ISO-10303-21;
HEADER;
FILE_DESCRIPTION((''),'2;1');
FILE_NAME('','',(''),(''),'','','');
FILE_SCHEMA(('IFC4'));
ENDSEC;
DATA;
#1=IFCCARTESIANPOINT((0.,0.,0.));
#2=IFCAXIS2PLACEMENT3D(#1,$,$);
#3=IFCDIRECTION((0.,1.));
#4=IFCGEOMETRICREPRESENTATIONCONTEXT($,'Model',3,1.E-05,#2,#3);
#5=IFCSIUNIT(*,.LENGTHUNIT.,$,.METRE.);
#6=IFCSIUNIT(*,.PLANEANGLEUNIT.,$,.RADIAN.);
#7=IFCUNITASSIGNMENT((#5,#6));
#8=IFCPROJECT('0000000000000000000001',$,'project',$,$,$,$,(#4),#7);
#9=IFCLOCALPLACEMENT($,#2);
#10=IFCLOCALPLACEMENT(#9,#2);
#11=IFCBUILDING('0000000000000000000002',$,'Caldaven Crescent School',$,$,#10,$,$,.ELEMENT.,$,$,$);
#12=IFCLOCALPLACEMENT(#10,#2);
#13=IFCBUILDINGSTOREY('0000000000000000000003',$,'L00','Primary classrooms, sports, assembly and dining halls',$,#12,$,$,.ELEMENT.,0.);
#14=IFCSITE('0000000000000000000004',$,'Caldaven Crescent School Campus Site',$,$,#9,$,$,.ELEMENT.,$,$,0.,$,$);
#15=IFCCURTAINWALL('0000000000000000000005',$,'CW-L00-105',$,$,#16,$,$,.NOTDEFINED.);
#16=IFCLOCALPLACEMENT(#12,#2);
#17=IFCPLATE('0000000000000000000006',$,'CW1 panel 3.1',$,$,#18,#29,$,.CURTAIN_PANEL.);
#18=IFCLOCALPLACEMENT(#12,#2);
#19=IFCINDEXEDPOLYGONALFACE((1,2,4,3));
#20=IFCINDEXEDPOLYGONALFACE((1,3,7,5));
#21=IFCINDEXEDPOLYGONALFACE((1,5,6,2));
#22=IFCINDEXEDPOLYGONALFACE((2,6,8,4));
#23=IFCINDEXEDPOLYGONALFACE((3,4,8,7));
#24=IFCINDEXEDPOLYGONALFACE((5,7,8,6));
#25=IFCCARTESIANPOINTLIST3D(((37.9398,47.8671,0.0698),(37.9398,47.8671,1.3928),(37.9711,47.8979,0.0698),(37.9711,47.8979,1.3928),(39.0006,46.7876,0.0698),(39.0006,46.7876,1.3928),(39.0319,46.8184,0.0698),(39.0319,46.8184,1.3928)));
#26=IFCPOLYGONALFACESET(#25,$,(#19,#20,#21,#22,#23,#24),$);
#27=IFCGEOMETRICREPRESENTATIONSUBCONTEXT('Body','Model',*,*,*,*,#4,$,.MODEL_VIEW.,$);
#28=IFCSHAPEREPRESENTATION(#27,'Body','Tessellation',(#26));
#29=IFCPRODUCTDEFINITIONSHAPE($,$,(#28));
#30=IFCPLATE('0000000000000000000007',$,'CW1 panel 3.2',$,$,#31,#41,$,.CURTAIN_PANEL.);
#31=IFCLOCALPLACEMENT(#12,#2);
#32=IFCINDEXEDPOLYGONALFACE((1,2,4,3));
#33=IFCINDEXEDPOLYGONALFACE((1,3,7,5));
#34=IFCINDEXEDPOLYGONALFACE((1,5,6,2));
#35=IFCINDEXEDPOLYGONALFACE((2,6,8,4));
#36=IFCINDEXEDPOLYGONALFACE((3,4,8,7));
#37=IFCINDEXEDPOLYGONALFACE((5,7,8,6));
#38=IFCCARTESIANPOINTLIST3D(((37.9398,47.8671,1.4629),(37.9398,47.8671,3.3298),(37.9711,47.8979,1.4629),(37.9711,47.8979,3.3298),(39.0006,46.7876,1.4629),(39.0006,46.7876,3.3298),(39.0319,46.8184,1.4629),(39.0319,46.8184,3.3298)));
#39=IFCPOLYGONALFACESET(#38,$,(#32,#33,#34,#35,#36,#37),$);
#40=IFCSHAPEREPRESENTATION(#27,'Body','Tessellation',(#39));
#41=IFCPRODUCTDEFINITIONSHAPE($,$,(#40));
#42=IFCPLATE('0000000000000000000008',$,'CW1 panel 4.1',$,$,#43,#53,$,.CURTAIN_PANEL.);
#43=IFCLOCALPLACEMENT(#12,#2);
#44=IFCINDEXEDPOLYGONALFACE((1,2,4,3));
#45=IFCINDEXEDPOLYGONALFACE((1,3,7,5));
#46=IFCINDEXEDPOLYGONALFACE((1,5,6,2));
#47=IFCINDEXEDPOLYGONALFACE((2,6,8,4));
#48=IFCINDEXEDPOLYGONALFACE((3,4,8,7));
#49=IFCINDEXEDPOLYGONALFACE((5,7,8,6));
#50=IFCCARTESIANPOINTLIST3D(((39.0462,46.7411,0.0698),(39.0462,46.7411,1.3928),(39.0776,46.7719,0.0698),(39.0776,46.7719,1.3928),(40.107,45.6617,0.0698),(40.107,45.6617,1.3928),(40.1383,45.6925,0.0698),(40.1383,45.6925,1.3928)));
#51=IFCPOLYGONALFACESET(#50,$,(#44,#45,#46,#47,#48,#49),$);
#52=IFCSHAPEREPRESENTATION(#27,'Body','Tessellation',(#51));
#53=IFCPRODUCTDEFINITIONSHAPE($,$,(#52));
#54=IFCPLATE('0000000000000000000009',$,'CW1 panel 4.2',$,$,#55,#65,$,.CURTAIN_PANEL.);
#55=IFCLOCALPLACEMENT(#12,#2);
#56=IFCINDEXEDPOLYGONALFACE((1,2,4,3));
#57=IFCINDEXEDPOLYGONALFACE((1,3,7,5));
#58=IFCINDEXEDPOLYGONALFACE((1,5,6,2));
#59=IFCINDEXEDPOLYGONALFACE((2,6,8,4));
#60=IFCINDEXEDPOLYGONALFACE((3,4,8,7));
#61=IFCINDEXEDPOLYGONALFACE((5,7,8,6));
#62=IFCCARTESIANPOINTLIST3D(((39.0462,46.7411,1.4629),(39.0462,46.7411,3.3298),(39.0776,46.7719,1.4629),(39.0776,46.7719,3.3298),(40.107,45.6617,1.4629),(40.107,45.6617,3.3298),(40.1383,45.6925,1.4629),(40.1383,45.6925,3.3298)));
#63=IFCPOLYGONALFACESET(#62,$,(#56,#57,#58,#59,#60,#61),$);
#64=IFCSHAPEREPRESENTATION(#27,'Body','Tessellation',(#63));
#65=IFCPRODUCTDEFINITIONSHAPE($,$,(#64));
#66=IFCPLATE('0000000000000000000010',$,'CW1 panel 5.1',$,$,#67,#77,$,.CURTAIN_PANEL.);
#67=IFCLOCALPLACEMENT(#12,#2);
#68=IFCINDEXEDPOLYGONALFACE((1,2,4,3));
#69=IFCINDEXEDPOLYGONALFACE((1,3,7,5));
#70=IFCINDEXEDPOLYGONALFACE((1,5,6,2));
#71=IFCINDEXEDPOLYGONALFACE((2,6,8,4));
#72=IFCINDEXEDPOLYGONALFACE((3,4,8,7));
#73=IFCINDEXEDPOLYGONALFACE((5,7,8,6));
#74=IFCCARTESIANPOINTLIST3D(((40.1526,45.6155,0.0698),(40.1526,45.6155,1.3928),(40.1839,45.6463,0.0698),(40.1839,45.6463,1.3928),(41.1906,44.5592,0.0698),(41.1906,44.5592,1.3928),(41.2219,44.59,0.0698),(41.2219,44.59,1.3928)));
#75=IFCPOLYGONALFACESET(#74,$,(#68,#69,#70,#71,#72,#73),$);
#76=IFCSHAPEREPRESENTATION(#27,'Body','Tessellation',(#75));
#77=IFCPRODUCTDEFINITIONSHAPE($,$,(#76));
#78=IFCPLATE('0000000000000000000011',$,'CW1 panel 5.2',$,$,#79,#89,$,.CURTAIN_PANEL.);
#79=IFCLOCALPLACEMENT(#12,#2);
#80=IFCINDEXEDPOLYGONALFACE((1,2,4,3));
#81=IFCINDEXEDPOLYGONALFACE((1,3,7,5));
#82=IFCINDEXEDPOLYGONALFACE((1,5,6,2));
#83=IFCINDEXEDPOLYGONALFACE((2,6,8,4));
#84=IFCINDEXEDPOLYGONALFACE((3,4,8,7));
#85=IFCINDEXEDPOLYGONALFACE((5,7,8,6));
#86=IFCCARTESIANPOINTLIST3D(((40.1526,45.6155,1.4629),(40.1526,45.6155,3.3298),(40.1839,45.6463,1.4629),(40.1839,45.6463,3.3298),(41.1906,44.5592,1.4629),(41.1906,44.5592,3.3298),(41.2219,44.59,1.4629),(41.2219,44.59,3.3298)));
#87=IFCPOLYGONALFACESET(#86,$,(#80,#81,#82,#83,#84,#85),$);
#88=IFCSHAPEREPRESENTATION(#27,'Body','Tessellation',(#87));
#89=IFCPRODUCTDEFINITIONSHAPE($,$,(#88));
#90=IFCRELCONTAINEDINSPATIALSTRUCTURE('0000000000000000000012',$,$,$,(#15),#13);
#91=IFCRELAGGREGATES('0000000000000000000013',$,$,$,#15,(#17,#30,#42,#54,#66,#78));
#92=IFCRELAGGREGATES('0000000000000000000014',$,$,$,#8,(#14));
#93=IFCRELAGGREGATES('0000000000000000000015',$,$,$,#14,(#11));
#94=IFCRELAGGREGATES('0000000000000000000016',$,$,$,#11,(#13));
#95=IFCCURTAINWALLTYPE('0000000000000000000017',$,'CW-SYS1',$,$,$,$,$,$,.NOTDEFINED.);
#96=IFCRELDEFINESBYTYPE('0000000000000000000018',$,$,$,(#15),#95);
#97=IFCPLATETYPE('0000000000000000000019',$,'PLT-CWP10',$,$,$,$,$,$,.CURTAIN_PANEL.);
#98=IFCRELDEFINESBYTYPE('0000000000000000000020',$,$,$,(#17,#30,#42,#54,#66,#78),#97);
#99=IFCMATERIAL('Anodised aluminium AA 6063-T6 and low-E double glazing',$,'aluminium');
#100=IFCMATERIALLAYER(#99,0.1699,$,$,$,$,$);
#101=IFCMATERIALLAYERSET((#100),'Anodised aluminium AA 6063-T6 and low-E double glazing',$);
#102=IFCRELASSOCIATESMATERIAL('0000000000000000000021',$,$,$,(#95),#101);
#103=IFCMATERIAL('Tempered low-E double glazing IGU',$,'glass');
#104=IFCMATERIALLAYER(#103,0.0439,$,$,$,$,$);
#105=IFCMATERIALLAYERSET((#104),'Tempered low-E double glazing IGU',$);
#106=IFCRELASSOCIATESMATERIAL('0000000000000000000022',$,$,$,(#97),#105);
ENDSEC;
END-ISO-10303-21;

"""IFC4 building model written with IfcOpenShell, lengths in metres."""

from ifc_helpers import new_model, si_unit, direction, frame, origin, origin_2d, place, context, subcontext, project, spatial, rectangle, extrude, material, layer, layer_set, type_object, element, aggregate, save


model = new_model("IFC4")

# Units and contexts
model_context = context("Model", 3, precision=1e-05, world=origin(), true_north=direction((0.0, 1.0)))
body_context = subcontext(model_context, "Body", "Model", "MODEL_VIEW")
ifc_project = project(units=[si_unit("LENGTHUNIT", "METRE"), si_unit("PLANEANGLEUNIT", "RADIAN")], contexts=[model_context])

# Site, building, storey
site_placement = place(None, origin())
site = spatial("IfcSite", under=ifc_project, at=site_placement, Name="Caldaven Crescent School Campus Site", CompositionType="ELEMENT", RefElevation=0.0)
building_placement = place(site_placement, origin())
building = spatial("IfcBuilding", under=site, at=building_placement, Name="Caldaven Crescent School", CompositionType="ELEMENT")
storey_placement = place(building_placement, origin())
storey = spatial("IfcBuildingStorey", under=building, at=storey_placement, Name="L00", Description="Primary classrooms, sports, assembly and dining halls", CompositionType="ELEMENT", Elevation=0.0)

# Curtain wall
ifc_material_1 = material(Name="Anodised aluminium AA 6063-T6 and low-E double glazing", Category="aluminium")
ifc_layer_1 = layer(ifc_material_1, 0.1699)
ifc_layer_set_1 = layer_set([ifc_layer_1], Name="Anodised aluminium AA 6063-T6 and low-E double glazing")
curtain_wall_type = type_object("IfcCurtainWallType", Name="CW-SYS1", PredefinedType="NOTDEFINED", material=ifc_layer_set_1)
curtain_wall_placement = place(storey_placement, origin())
curtain_wall = element("IfcCurtainWall", 1, at=curtain_wall_placement, inside=storey, type_object=curtain_wall_type, Name="CW-L00-105", PredefinedType="NOTDEFINED")

# Plates
ifc_material_2 = material(Name="Tempered low-E double glazing IGU", Category="glass")
ifc_layer_2 = layer(ifc_material_2, 0.0439)
ifc_layer_set_2 = layer_set([ifc_layer_2], Name="Tempered low-E double glazing IGU")
plate_type = type_object("IfcPlateType", Name="PLT-CWP10", PredefinedType="CURTAIN_PANEL", material=ifc_layer_set_2)
plate_1_placement = place(storey_placement, frame((38.4858, 47.3428, 0.0698), z_axis=(0.0, 0.0, 1.0), x_axis=(0.700909, -0.713251, 0.0)))
plate_1 = element("IfcPlate", 2, at=plate_1_placement, type_object=plate_type, Name="CW1 panel 3.1", PredefinedType="CURTAIN_PANEL", context=body_context, shape_type="SweptSolid", body=[
    extrude(rectangle(XDim=1.5134, YDim=0.0439, at=origin_2d()), origin(), (0.0, 0.0, 1.0), 1.323),
])
plate_2_placement = place(storey_placement, frame((38.4858, 47.3428, 1.4629), z_axis=(0.0, 0.0, 1.0), x_axis=(0.700909, -0.713251, 0.0)))
plate_2 = element("IfcPlate", 3, at=plate_2_placement, type_object=plate_type, Name="CW1 panel 3.2", PredefinedType="CURTAIN_PANEL", context=body_context, shape_type="SweptSolid", body=[
    extrude(rectangle(XDim=1.5134, YDim=0.0439, at=origin_2d()), origin(), (0.0, 0.0, 1.0), 1.8669),
])
plate_3_placement = place(storey_placement, frame((39.5923, 46.2168, 0.0698), z_axis=(0.0, 0.0, 1.0), x_axis=(0.700909, -0.713251, 0.0)))
plate_3 = element("IfcPlate", 4, at=plate_3_placement, type_object=plate_type, Name="CW1 panel 4.1", PredefinedType="CURTAIN_PANEL", context=body_context, shape_type="SweptSolid", body=[
    extrude(rectangle(XDim=1.5134, YDim=0.0439, at=origin_2d()), origin(), (0.0, 0.0, 1.0), 1.323),
])
plate_4_placement = place(storey_placement, frame((39.5923, 46.2168, 1.4629), z_axis=(0.0, 0.0, 1.0), x_axis=(0.700909, -0.713251, 0.0)))
plate_4 = element("IfcPlate", 5, at=plate_4_placement, type_object=plate_type, Name="CW1 panel 4.2", PredefinedType="CURTAIN_PANEL", context=body_context, shape_type="SweptSolid", body=[
    extrude(rectangle(XDim=1.5134, YDim=0.0439, at=origin_2d()), origin(), (0.0, 0.0, 1.0), 1.8669),
])
plate_5_placement = place(storey_placement, frame((40.6873, 45.1028, 0.0698), z_axis=(0.0, 0.0, 1.0), x_axis=(0.700909, -0.713251, 0.0)))
plate_5 = element("IfcPlate", 6, at=plate_5_placement, type_object=plate_type, Name="CW1 panel 5.1", PredefinedType="CURTAIN_PANEL", context=body_context, shape_type="SweptSolid", body=[
    extrude(rectangle(XDim=1.481, YDim=0.0439, at=origin_2d()), origin(), (0.0, 0.0, 1.0), 1.323),
])
plate_6_placement = place(storey_placement, frame((40.6873, 45.1028, 1.4629), z_axis=(0.0, 0.0, 1.0), x_axis=(0.700909, -0.713251, 0.0)))
plate_6 = element("IfcPlate", 7, at=plate_6_placement, type_object=plate_type, Name="CW1 panel 5.2", PredefinedType="CURTAIN_PANEL", context=body_context, shape_type="SweptSolid", body=[
    extrude(rectangle(XDim=1.481, YDim=0.0439, at=origin_2d()), origin(), (0.0, 0.0, 1.0), 1.8669),
])
aggregate(curtain_wall, [plate_1, plate_2, plate_3, plate_4, plate_5, plate_6])

save(model, "model.ifc")
